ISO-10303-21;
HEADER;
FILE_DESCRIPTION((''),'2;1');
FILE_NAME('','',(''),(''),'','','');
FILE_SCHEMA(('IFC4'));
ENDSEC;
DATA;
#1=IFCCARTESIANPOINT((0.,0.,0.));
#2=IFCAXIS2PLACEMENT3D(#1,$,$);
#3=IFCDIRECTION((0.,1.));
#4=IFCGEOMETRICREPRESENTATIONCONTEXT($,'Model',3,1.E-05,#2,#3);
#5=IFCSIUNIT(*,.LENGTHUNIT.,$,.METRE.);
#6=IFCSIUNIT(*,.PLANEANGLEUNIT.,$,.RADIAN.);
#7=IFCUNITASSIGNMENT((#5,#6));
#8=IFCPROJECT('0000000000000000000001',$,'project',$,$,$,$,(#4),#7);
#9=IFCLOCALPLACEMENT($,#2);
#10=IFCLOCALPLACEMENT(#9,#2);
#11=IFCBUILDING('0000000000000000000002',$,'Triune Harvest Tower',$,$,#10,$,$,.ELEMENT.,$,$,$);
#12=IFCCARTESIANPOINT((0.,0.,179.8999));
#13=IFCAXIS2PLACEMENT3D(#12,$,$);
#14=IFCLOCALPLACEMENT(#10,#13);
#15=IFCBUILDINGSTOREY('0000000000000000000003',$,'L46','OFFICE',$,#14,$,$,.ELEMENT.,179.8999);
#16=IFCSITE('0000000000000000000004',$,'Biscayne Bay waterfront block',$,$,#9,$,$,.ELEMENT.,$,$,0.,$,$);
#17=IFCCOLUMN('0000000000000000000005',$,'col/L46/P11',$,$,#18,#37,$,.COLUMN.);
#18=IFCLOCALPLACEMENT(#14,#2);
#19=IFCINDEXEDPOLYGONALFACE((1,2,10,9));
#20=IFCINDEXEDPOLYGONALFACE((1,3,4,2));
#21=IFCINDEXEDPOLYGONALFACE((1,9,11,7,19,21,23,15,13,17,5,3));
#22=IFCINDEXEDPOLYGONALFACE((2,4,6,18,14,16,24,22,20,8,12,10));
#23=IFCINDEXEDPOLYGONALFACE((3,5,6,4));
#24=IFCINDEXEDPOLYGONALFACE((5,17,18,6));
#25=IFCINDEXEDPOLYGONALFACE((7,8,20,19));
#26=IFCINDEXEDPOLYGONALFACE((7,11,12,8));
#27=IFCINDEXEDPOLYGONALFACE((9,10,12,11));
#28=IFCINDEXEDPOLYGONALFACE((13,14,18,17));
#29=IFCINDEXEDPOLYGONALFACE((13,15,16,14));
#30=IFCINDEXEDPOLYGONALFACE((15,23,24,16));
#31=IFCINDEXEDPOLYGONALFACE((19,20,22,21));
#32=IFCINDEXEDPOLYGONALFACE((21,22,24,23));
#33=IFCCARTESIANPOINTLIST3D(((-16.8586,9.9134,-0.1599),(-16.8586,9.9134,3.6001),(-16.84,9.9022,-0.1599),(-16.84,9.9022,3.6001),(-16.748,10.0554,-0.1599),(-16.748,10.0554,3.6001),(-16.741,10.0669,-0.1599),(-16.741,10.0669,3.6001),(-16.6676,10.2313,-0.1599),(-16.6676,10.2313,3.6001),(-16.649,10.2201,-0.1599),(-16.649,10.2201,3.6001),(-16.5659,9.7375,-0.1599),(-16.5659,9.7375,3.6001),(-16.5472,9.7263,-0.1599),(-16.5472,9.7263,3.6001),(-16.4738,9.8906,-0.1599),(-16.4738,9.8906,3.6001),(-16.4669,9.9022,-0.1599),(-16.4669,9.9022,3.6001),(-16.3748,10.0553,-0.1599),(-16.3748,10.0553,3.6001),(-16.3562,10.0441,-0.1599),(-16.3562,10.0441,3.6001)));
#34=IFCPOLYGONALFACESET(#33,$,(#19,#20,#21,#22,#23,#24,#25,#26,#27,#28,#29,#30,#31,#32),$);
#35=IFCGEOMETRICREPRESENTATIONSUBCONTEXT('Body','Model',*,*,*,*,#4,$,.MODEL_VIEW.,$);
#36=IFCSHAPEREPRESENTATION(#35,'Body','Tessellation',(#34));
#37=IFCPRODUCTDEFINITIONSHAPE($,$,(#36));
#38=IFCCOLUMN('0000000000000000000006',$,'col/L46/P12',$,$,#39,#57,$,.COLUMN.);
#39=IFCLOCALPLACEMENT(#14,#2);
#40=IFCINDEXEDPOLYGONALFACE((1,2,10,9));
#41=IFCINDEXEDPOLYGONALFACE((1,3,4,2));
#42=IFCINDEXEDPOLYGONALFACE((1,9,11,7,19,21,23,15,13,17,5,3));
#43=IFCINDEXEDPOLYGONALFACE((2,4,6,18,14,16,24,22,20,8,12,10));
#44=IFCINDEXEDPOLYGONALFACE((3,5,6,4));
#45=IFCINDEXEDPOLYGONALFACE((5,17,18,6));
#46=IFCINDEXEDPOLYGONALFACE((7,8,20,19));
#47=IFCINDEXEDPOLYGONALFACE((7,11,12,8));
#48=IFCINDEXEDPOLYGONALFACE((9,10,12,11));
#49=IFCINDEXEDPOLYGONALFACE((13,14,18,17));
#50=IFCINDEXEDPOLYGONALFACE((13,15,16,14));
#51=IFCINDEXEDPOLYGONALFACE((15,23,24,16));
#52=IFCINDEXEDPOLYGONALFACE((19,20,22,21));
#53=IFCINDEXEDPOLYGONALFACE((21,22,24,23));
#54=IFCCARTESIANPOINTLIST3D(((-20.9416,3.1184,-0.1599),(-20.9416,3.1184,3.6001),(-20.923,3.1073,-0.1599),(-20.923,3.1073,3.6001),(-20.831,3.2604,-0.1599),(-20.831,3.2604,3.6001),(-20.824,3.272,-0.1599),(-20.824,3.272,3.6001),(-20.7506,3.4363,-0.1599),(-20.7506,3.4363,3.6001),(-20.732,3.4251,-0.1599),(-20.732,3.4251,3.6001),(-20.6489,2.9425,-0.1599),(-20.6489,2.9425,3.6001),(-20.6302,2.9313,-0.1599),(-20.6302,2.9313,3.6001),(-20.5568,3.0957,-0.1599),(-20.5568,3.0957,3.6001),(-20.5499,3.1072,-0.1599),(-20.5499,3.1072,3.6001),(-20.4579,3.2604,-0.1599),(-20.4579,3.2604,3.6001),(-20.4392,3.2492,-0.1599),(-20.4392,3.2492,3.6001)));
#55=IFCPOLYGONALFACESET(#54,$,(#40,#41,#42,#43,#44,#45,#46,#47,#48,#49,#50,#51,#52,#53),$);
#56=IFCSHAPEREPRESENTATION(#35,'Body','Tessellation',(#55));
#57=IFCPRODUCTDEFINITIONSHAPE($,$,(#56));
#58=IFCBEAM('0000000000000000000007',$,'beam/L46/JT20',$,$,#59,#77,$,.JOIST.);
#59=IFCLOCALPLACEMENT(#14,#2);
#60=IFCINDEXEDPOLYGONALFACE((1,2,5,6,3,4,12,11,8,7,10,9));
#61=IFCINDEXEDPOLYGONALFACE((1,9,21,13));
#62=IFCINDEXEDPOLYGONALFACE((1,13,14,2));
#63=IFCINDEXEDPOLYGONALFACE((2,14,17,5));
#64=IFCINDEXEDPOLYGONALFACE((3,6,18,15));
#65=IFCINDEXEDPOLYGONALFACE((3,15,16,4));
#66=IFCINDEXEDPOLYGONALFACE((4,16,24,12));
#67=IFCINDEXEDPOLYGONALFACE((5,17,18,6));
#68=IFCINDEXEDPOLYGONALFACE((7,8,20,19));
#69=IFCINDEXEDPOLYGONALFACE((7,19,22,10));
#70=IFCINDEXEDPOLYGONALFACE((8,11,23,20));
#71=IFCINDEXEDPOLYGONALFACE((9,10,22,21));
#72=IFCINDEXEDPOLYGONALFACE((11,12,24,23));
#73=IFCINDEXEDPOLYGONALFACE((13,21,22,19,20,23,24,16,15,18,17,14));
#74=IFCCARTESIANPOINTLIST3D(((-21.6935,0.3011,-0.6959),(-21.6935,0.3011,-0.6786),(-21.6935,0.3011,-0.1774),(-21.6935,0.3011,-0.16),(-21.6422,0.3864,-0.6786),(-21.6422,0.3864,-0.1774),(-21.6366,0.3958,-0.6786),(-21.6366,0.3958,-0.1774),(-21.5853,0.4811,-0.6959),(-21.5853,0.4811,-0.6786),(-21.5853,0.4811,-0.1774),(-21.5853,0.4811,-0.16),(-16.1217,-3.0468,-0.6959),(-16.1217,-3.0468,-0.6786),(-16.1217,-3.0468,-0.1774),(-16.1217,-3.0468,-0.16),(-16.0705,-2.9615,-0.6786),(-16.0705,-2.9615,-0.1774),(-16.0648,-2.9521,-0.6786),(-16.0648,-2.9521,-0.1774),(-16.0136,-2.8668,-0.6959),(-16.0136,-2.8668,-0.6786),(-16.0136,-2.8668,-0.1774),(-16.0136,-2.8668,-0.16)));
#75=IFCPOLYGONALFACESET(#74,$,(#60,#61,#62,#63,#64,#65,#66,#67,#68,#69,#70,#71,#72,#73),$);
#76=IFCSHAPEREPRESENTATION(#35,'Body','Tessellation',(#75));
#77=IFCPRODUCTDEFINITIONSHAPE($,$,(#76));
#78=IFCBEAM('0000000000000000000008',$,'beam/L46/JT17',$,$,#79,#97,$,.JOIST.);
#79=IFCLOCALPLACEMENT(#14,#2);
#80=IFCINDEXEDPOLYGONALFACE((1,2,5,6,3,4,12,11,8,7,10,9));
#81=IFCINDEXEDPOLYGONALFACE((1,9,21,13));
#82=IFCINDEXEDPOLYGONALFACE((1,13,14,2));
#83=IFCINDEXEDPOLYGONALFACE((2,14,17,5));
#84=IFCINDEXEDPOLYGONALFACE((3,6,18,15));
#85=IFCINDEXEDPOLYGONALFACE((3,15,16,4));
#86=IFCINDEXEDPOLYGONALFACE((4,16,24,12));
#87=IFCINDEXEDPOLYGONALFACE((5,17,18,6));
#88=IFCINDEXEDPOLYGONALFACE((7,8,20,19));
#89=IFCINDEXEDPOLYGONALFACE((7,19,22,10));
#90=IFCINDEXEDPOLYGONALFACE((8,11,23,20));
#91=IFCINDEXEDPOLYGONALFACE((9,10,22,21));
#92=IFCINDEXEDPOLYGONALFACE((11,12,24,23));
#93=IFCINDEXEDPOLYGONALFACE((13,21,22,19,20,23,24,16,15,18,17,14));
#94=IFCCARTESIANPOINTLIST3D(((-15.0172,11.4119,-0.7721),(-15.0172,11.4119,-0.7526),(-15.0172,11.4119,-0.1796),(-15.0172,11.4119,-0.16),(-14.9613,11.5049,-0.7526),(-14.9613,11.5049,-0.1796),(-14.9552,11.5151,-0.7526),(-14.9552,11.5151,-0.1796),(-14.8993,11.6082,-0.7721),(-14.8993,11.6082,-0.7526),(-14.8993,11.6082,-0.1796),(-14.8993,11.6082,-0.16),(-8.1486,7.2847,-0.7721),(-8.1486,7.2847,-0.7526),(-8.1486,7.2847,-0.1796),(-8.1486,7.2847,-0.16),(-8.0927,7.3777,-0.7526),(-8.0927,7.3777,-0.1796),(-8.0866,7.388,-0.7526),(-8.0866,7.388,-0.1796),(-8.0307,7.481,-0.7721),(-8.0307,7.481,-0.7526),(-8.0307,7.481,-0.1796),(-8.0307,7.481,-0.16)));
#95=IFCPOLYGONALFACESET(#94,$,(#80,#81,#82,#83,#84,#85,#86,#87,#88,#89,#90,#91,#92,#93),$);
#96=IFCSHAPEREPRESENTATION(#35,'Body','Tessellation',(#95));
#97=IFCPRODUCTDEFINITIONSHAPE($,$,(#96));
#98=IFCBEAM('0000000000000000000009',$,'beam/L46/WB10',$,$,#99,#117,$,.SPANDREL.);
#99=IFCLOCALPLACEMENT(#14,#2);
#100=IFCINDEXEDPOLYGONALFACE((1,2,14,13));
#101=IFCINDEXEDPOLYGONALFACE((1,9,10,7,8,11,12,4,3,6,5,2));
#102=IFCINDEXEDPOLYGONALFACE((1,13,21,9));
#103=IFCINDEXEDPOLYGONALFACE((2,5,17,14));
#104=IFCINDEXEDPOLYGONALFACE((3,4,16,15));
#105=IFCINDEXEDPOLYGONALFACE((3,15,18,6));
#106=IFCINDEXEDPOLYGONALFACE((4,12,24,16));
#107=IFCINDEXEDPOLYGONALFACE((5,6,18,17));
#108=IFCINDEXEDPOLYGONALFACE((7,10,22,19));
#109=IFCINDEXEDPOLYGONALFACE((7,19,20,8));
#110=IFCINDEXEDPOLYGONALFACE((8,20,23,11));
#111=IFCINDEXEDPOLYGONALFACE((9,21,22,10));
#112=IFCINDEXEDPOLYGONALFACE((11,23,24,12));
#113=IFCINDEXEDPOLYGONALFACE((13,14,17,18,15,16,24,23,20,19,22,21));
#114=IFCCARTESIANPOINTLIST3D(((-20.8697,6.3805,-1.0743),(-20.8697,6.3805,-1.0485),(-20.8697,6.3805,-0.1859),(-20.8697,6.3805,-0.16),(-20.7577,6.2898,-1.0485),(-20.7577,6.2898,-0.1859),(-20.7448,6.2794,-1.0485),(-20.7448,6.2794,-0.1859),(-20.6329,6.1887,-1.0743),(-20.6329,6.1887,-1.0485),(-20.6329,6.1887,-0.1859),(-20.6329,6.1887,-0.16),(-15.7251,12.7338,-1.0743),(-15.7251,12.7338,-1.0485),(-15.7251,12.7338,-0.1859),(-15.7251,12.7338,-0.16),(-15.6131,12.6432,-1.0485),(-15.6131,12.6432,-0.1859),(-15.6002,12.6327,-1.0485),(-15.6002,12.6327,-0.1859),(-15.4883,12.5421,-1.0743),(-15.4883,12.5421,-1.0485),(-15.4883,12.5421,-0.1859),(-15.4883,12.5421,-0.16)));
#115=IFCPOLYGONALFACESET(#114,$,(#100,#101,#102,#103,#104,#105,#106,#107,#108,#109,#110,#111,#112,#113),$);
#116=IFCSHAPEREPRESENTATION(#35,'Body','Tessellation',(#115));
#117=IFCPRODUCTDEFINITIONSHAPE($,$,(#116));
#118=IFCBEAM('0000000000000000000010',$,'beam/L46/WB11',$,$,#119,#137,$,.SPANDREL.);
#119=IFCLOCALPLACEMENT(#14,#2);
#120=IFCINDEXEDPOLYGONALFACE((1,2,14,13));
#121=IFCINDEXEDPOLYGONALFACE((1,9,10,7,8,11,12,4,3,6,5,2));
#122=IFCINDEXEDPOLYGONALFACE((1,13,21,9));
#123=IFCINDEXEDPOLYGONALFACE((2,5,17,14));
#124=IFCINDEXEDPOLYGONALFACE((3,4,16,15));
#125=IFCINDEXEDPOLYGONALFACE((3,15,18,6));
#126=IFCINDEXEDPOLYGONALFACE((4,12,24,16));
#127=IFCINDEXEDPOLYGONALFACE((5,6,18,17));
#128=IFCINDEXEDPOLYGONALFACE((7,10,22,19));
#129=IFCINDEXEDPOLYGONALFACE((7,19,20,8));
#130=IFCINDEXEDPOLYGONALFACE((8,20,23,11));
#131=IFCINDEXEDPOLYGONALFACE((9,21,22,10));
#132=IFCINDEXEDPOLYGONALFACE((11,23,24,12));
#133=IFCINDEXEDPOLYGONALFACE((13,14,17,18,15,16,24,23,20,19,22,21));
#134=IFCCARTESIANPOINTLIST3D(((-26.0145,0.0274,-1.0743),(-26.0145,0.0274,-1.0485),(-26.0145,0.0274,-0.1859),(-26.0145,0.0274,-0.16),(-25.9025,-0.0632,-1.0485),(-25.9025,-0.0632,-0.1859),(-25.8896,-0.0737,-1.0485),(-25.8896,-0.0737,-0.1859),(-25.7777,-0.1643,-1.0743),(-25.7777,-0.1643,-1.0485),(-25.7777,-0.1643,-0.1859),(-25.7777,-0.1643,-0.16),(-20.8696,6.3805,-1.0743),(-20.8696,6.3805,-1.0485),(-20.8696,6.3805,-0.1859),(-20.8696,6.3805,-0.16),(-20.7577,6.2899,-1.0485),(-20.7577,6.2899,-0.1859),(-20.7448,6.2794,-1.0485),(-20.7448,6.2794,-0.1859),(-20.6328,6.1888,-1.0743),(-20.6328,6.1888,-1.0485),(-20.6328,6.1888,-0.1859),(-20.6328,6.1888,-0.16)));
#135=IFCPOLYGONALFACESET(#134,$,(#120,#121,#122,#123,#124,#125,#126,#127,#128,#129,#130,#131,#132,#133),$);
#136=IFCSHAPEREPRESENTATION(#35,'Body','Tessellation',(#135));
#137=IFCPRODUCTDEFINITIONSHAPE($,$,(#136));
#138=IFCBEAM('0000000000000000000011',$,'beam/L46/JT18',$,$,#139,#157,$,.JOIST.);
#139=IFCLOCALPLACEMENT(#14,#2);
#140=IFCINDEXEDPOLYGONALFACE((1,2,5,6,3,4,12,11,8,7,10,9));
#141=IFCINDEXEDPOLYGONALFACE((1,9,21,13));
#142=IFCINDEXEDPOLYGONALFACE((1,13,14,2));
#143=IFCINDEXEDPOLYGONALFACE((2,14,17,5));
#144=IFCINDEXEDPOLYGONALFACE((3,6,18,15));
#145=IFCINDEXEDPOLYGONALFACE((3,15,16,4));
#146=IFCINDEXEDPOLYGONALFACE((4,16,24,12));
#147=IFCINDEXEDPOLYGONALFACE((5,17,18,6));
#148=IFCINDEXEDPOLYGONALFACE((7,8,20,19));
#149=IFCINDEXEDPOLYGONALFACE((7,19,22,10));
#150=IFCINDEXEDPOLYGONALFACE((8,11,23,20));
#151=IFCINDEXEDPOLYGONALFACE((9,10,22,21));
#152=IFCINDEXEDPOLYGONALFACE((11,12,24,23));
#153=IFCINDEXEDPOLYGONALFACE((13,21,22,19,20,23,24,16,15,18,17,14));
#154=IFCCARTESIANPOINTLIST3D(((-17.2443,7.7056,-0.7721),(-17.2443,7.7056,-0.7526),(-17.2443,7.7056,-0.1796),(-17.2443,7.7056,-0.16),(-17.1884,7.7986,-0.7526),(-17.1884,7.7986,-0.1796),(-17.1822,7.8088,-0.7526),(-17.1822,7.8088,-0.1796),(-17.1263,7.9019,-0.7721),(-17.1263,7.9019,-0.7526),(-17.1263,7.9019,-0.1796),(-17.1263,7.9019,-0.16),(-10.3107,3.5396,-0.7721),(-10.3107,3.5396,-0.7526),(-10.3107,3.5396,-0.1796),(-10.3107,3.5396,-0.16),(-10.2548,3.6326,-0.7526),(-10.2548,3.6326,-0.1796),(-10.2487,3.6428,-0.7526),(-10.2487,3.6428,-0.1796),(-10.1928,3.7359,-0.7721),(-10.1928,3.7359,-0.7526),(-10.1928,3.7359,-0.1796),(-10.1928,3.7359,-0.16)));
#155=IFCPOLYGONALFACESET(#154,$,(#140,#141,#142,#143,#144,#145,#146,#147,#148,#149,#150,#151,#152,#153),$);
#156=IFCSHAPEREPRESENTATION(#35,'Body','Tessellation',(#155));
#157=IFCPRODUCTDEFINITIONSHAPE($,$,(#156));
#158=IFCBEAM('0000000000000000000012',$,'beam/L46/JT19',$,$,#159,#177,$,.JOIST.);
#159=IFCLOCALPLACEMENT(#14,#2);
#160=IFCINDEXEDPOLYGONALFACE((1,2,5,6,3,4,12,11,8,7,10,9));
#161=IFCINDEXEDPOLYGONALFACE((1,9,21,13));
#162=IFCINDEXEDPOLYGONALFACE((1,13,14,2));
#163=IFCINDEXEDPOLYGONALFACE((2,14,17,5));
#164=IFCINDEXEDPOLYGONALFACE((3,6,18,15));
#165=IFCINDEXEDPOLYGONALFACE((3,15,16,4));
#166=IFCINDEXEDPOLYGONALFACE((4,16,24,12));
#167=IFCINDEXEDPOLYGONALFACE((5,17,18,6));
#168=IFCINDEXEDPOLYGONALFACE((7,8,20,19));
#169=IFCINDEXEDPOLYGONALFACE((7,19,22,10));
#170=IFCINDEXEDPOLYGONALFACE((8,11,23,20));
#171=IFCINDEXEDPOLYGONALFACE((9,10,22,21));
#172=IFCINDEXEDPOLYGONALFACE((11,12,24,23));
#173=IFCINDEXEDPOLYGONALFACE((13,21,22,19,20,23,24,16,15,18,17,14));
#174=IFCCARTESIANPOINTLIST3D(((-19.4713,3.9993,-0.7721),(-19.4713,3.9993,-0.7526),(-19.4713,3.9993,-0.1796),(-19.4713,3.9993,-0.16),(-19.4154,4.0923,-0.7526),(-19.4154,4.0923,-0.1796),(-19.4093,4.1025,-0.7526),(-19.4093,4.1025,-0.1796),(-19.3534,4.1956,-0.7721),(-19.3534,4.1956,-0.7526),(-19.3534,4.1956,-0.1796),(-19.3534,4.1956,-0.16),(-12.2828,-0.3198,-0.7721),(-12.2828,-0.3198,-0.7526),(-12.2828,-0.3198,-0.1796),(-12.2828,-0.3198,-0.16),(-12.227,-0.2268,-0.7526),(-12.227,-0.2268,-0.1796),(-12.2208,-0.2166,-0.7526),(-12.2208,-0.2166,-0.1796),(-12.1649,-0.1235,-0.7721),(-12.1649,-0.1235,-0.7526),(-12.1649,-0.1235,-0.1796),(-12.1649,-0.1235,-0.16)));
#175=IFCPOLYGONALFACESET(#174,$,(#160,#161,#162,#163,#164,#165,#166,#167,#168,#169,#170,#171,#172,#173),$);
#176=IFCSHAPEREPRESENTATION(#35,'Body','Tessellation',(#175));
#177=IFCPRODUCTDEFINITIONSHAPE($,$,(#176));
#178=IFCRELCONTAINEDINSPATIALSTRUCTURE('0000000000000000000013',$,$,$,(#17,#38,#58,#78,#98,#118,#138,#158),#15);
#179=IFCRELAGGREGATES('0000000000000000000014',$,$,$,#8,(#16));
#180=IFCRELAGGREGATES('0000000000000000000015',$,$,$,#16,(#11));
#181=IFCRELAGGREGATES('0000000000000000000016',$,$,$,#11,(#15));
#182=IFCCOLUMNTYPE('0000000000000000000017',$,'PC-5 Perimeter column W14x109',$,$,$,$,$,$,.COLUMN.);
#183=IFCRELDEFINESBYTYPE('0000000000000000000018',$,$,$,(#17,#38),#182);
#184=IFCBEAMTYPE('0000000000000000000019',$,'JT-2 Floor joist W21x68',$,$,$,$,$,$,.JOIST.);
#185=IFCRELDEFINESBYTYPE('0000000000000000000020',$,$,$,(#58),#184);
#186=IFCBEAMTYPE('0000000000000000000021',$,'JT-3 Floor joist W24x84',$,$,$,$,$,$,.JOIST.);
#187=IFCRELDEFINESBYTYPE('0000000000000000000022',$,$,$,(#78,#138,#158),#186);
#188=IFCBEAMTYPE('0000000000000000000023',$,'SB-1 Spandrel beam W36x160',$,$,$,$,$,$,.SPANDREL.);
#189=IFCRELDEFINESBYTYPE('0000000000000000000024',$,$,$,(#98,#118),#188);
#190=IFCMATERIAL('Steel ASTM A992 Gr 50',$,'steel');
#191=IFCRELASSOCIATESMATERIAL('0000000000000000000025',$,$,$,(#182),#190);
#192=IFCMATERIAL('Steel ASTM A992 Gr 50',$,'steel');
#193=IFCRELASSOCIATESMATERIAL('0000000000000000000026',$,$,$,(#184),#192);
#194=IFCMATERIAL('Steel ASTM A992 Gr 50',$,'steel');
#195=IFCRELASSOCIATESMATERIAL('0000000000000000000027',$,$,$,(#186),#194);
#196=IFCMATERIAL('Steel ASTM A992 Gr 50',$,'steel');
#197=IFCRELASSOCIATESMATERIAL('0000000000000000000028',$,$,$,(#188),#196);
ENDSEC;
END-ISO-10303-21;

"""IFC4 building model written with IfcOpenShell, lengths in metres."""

from ifc_helpers import new_model, si_unit, direction, frame, origin, origin_2d, place, context, subcontext, project, spatial, i_section, extrude, source, transform, mapped, material, material_profile, profile_set, type_object, element, save


model = new_model("IFC4")

# Units and contexts
model_context = context("Model", 3, precision=1e-05, world=origin(), true_north=direction((0.0, 1.0)))
body_context = subcontext(model_context, "Body", "Model", "MODEL_VIEW")
ifc_project = project(units=[si_unit("LENGTHUNIT", "METRE"), si_unit("PLANEANGLEUNIT", "RADIAN")], contexts=[model_context])

# Site, building, storey
site_placement = place(None, origin())
site = spatial("IfcSite", under=ifc_project, at=site_placement, Name="Biscayne Bay waterfront block", CompositionType="ELEMENT", RefElevation=0.0)
building_placement = place(site_placement, origin())
building = spatial("IfcBuilding", under=site, at=building_placement, Name="Triune Harvest Tower", CompositionType="ELEMENT")
storey_placement = place(building_placement, frame((0.0, 0.0, 179.8999)))
storey = spatial("IfcBuildingStorey", under=building, at=storey_placement, Name="L46", Description="OFFICE", CompositionType="ELEMENT", Elevation=179.8999)

# Columns
ifc_material_1 = material(Name="Steel ASTM A992 Gr 50", Category="steel")
ifc_material_profile_1 = material_profile(ifc_material_1, i_section(OverallWidth=0.3708, OverallDepth=0.3633, WebThickness=0.0134, FlangeThickness=0.0217, at=origin_2d()), Name="W14x109")
ifc_profile_set_1 = profile_set([ifc_material_profile_1], Name="Steel ASTM A992 Gr 50")
column_type = type_object("IfcColumnType", Name="PC-5 Perimeter column W14x109", PredefinedType="COLUMN", material=ifc_profile_set_1)
shared_shape_1 = source(origin(), body_context, "Body", "SweptSolid", [
    extrude(i_section(OverallWidth=0.3708, OverallDepth=0.3633, WebThickness=0.0134, FlangeThickness=0.0217, at=origin_2d()), origin(), (0.0, 0.0, 1.0), 3.76),
])
for number, where, z_axis, x_axis, name in (
    (1, (-16.6074, 9.9788, -0.1599), (0.0, 0.0, 1.0), (-0.515037, -0.857168, 0.0), "col/L46/P11"),
    (2, (-20.6904, 3.1838, -0.1599), (0.0, 0.0, 1.0), (-0.515037, -0.857168, 0.0), "col/L46/P12"),
):
    element("IfcColumn", number, at=place(storey_placement, frame(where, z_axis=z_axis, x_axis=x_axis)), inside=storey, type_object=column_type, Name=name, PredefinedType="COLUMN", context=body_context, shape_type="MappedRepresentation", body=[
        mapped(shared_shape_1, transform((0.0, 0.0, 0.0), scale=1.0)),
    ])

# Beams
ifc_material_2 = material(Name="Steel ASTM A992 Gr 50", Category="steel")
ifc_material_profile_2 = material_profile(ifc_material_2, i_section(OverallWidth=0.21, OverallDepth=0.5359, WebThickness=0.011, FlangeThickness=0.0173, at=origin_2d()), Name="W21x68")
ifc_profile_set_2 = profile_set([ifc_material_profile_2], Name="Steel ASTM A992 Gr 50")
beam_type_1 = type_object("IfcBeamType", Name="JT-2 Floor joist W21x68", PredefinedType="JOIST", material=ifc_profile_set_2)
beam_1_placement = place(storey_placement, frame((-21.6394, 0.3911, -0.428), z_axis=(0.857165, -0.515042, 0.0), x_axis=(0.515042, 0.857165, 0.0)))
element("IfcBeam", 3, at=beam_1_placement, inside=storey, type_object=beam_type_1, Name="beam/L46/JT20", PredefinedType="JOIST", context=body_context, shape_type="SweptSolid", body=[
    extrude(i_section(OverallWidth=0.21, OverallDepth=0.5359, WebThickness=0.011, FlangeThickness=0.0173, at=origin_2d()), origin(), (0.0, 0.0, 1.0), 6.5002),
])
ifc_material_3 = material(Name="Steel ASTM A992 Gr 50", Category="steel")
ifc_material_profile_3 = material_profile(ifc_material_3, i_section(OverallWidth=0.229, OverallDepth=0.6121, WebThickness=0.012, FlangeThickness=0.0195, at=origin_2d()), Name="W24x84")
ifc_profile_set_3 = profile_set([ifc_material_profile_3], Name="Steel ASTM A992 Gr 50")
beam_type_2 = type_object("IfcBeamType", Name="JT-3 Floor joist W24x84", PredefinedType="JOIST", material=ifc_profile_set_3)
beam_2_placement = place(storey_placement, frame((-14.9583, 11.51, -0.4661), z_axis=(0.857162, -0.515047, 0.0), x_axis=(0.515047, 0.857162, 0.0)))
element("IfcBeam", 4, at=beam_2_placement, inside=storey, type_object=beam_type_2, Name="beam/L46/JT17", PredefinedType="JOIST", context=body_context, shape_type="SweptSolid", body=[
    extrude(i_section(OverallWidth=0.229, OverallDepth=0.6121, WebThickness=0.012, FlangeThickness=0.0195, at=origin_2d()), origin(), (0.0, 0.0, 1.0), 8.0132),
])
ifc_material_4 = material(Name="Steel ASTM A992 Gr 50", Category="steel")
ifc_material_profile_4 = material_profile(ifc_material_4, i_section(OverallWidth=0.3047, OverallDepth=0.9143, WebThickness=0.0166, FlangeThickness=0.0259, at=origin_2d()), Name="W36x160")
ifc_profile_set_4 = profile_set([ifc_material_profile_4], Name="Steel ASTM A992 Gr 50")
beam_type_3 = type_object("IfcBeamType", Name="SB-1 Spandrel beam W36x160", PredefinedType="SPANDREL", material=ifc_profile_set_4)
shared_shape_2 = source(origin(), body_context, "Body", "SweptSolid", [
    extrude(i_section(OverallWidth=0.3047, OverallDepth=0.9143, WebThickness=0.0166, FlangeThickness=0.0259, at=origin_2d()), origin(), (0.0, 0.0, 1.0), 8.175),
])
for number, where, z_axis, x_axis, name in (
    (5, (-15.6067, 12.6379, -0.6172), (-0.629302, -0.777161, 0.0), (0.777161, -0.629302, 0.0), "beam/L46/WB10"),
    (6, (-20.7512, 6.2847, -0.6172), (-0.629335, -0.777134, 0.0), (0.777134, -0.629335, 0.0), "beam/L46/WB11"),
):
    element("IfcBeam", number, at=place(storey_placement, frame(where, z_axis=z_axis, x_axis=x_axis)), inside=storey, type_object=beam_type_3, Name=name, PredefinedType="SPANDREL", context=body_context, shape_type="MappedRepresentation", body=[
        mapped(shared_shape_2, transform((0.0, 0.0, 0.0), scale=1.0)),
    ])
shared_shape_3 = source(origin(), body_context, "Body", "SweptSolid", [
    extrude(i_section(OverallWidth=0.229, OverallDepth=0.6121, WebThickness=0.012, FlangeThickness=0.0195, at=origin_2d()), origin(), (0.0, 0.0, 1.0), 8.0889),
])
beam_3_placement = place(storey_placement, frame((-17.1853, 7.8037, -0.4661), z_axis=(0.857173, -0.515028, 0.0), x_axis=(0.515028, 0.857173, 0.0)))
element("IfcBeam", 7, at=beam_3_placement, inside=storey, type_object=beam_type_2, Name="beam/L46/JT18", PredefinedType="JOIST", context=body_context, shape_type="MappedRepresentation", body=[
    mapped(shared_shape_3, transform((0.0, 0.0, 0.0), scale=1.0)),
])
shared_shape_4 = source(origin(), body_context, "Body", "SweptSolid", [
    extrude(i_section(OverallWidth=0.229, OverallDepth=0.6121, WebThickness=0.012, FlangeThickness=0.0195, at=origin_2d()), origin(), (0.0, 0.0, 1.0), 8.3862),
])
beam_4_placement = place(storey_placement, frame((-19.4124, 4.0974, -0.4661), z_axis=(0.857177, -0.515022, 0.0), x_axis=(0.515022, 0.857177, 0.0)))
element("IfcBeam", 8, at=beam_4_placement, inside=storey, type_object=beam_type_2, Name="beam/L46/JT19", PredefinedType="JOIST", context=body_context, shape_type="MappedRepresentation", body=[
    mapped(shared_shape_4, transform((0.0, 0.0, 0.0), scale=1.0)),
])

save(model, "model.ifc")
